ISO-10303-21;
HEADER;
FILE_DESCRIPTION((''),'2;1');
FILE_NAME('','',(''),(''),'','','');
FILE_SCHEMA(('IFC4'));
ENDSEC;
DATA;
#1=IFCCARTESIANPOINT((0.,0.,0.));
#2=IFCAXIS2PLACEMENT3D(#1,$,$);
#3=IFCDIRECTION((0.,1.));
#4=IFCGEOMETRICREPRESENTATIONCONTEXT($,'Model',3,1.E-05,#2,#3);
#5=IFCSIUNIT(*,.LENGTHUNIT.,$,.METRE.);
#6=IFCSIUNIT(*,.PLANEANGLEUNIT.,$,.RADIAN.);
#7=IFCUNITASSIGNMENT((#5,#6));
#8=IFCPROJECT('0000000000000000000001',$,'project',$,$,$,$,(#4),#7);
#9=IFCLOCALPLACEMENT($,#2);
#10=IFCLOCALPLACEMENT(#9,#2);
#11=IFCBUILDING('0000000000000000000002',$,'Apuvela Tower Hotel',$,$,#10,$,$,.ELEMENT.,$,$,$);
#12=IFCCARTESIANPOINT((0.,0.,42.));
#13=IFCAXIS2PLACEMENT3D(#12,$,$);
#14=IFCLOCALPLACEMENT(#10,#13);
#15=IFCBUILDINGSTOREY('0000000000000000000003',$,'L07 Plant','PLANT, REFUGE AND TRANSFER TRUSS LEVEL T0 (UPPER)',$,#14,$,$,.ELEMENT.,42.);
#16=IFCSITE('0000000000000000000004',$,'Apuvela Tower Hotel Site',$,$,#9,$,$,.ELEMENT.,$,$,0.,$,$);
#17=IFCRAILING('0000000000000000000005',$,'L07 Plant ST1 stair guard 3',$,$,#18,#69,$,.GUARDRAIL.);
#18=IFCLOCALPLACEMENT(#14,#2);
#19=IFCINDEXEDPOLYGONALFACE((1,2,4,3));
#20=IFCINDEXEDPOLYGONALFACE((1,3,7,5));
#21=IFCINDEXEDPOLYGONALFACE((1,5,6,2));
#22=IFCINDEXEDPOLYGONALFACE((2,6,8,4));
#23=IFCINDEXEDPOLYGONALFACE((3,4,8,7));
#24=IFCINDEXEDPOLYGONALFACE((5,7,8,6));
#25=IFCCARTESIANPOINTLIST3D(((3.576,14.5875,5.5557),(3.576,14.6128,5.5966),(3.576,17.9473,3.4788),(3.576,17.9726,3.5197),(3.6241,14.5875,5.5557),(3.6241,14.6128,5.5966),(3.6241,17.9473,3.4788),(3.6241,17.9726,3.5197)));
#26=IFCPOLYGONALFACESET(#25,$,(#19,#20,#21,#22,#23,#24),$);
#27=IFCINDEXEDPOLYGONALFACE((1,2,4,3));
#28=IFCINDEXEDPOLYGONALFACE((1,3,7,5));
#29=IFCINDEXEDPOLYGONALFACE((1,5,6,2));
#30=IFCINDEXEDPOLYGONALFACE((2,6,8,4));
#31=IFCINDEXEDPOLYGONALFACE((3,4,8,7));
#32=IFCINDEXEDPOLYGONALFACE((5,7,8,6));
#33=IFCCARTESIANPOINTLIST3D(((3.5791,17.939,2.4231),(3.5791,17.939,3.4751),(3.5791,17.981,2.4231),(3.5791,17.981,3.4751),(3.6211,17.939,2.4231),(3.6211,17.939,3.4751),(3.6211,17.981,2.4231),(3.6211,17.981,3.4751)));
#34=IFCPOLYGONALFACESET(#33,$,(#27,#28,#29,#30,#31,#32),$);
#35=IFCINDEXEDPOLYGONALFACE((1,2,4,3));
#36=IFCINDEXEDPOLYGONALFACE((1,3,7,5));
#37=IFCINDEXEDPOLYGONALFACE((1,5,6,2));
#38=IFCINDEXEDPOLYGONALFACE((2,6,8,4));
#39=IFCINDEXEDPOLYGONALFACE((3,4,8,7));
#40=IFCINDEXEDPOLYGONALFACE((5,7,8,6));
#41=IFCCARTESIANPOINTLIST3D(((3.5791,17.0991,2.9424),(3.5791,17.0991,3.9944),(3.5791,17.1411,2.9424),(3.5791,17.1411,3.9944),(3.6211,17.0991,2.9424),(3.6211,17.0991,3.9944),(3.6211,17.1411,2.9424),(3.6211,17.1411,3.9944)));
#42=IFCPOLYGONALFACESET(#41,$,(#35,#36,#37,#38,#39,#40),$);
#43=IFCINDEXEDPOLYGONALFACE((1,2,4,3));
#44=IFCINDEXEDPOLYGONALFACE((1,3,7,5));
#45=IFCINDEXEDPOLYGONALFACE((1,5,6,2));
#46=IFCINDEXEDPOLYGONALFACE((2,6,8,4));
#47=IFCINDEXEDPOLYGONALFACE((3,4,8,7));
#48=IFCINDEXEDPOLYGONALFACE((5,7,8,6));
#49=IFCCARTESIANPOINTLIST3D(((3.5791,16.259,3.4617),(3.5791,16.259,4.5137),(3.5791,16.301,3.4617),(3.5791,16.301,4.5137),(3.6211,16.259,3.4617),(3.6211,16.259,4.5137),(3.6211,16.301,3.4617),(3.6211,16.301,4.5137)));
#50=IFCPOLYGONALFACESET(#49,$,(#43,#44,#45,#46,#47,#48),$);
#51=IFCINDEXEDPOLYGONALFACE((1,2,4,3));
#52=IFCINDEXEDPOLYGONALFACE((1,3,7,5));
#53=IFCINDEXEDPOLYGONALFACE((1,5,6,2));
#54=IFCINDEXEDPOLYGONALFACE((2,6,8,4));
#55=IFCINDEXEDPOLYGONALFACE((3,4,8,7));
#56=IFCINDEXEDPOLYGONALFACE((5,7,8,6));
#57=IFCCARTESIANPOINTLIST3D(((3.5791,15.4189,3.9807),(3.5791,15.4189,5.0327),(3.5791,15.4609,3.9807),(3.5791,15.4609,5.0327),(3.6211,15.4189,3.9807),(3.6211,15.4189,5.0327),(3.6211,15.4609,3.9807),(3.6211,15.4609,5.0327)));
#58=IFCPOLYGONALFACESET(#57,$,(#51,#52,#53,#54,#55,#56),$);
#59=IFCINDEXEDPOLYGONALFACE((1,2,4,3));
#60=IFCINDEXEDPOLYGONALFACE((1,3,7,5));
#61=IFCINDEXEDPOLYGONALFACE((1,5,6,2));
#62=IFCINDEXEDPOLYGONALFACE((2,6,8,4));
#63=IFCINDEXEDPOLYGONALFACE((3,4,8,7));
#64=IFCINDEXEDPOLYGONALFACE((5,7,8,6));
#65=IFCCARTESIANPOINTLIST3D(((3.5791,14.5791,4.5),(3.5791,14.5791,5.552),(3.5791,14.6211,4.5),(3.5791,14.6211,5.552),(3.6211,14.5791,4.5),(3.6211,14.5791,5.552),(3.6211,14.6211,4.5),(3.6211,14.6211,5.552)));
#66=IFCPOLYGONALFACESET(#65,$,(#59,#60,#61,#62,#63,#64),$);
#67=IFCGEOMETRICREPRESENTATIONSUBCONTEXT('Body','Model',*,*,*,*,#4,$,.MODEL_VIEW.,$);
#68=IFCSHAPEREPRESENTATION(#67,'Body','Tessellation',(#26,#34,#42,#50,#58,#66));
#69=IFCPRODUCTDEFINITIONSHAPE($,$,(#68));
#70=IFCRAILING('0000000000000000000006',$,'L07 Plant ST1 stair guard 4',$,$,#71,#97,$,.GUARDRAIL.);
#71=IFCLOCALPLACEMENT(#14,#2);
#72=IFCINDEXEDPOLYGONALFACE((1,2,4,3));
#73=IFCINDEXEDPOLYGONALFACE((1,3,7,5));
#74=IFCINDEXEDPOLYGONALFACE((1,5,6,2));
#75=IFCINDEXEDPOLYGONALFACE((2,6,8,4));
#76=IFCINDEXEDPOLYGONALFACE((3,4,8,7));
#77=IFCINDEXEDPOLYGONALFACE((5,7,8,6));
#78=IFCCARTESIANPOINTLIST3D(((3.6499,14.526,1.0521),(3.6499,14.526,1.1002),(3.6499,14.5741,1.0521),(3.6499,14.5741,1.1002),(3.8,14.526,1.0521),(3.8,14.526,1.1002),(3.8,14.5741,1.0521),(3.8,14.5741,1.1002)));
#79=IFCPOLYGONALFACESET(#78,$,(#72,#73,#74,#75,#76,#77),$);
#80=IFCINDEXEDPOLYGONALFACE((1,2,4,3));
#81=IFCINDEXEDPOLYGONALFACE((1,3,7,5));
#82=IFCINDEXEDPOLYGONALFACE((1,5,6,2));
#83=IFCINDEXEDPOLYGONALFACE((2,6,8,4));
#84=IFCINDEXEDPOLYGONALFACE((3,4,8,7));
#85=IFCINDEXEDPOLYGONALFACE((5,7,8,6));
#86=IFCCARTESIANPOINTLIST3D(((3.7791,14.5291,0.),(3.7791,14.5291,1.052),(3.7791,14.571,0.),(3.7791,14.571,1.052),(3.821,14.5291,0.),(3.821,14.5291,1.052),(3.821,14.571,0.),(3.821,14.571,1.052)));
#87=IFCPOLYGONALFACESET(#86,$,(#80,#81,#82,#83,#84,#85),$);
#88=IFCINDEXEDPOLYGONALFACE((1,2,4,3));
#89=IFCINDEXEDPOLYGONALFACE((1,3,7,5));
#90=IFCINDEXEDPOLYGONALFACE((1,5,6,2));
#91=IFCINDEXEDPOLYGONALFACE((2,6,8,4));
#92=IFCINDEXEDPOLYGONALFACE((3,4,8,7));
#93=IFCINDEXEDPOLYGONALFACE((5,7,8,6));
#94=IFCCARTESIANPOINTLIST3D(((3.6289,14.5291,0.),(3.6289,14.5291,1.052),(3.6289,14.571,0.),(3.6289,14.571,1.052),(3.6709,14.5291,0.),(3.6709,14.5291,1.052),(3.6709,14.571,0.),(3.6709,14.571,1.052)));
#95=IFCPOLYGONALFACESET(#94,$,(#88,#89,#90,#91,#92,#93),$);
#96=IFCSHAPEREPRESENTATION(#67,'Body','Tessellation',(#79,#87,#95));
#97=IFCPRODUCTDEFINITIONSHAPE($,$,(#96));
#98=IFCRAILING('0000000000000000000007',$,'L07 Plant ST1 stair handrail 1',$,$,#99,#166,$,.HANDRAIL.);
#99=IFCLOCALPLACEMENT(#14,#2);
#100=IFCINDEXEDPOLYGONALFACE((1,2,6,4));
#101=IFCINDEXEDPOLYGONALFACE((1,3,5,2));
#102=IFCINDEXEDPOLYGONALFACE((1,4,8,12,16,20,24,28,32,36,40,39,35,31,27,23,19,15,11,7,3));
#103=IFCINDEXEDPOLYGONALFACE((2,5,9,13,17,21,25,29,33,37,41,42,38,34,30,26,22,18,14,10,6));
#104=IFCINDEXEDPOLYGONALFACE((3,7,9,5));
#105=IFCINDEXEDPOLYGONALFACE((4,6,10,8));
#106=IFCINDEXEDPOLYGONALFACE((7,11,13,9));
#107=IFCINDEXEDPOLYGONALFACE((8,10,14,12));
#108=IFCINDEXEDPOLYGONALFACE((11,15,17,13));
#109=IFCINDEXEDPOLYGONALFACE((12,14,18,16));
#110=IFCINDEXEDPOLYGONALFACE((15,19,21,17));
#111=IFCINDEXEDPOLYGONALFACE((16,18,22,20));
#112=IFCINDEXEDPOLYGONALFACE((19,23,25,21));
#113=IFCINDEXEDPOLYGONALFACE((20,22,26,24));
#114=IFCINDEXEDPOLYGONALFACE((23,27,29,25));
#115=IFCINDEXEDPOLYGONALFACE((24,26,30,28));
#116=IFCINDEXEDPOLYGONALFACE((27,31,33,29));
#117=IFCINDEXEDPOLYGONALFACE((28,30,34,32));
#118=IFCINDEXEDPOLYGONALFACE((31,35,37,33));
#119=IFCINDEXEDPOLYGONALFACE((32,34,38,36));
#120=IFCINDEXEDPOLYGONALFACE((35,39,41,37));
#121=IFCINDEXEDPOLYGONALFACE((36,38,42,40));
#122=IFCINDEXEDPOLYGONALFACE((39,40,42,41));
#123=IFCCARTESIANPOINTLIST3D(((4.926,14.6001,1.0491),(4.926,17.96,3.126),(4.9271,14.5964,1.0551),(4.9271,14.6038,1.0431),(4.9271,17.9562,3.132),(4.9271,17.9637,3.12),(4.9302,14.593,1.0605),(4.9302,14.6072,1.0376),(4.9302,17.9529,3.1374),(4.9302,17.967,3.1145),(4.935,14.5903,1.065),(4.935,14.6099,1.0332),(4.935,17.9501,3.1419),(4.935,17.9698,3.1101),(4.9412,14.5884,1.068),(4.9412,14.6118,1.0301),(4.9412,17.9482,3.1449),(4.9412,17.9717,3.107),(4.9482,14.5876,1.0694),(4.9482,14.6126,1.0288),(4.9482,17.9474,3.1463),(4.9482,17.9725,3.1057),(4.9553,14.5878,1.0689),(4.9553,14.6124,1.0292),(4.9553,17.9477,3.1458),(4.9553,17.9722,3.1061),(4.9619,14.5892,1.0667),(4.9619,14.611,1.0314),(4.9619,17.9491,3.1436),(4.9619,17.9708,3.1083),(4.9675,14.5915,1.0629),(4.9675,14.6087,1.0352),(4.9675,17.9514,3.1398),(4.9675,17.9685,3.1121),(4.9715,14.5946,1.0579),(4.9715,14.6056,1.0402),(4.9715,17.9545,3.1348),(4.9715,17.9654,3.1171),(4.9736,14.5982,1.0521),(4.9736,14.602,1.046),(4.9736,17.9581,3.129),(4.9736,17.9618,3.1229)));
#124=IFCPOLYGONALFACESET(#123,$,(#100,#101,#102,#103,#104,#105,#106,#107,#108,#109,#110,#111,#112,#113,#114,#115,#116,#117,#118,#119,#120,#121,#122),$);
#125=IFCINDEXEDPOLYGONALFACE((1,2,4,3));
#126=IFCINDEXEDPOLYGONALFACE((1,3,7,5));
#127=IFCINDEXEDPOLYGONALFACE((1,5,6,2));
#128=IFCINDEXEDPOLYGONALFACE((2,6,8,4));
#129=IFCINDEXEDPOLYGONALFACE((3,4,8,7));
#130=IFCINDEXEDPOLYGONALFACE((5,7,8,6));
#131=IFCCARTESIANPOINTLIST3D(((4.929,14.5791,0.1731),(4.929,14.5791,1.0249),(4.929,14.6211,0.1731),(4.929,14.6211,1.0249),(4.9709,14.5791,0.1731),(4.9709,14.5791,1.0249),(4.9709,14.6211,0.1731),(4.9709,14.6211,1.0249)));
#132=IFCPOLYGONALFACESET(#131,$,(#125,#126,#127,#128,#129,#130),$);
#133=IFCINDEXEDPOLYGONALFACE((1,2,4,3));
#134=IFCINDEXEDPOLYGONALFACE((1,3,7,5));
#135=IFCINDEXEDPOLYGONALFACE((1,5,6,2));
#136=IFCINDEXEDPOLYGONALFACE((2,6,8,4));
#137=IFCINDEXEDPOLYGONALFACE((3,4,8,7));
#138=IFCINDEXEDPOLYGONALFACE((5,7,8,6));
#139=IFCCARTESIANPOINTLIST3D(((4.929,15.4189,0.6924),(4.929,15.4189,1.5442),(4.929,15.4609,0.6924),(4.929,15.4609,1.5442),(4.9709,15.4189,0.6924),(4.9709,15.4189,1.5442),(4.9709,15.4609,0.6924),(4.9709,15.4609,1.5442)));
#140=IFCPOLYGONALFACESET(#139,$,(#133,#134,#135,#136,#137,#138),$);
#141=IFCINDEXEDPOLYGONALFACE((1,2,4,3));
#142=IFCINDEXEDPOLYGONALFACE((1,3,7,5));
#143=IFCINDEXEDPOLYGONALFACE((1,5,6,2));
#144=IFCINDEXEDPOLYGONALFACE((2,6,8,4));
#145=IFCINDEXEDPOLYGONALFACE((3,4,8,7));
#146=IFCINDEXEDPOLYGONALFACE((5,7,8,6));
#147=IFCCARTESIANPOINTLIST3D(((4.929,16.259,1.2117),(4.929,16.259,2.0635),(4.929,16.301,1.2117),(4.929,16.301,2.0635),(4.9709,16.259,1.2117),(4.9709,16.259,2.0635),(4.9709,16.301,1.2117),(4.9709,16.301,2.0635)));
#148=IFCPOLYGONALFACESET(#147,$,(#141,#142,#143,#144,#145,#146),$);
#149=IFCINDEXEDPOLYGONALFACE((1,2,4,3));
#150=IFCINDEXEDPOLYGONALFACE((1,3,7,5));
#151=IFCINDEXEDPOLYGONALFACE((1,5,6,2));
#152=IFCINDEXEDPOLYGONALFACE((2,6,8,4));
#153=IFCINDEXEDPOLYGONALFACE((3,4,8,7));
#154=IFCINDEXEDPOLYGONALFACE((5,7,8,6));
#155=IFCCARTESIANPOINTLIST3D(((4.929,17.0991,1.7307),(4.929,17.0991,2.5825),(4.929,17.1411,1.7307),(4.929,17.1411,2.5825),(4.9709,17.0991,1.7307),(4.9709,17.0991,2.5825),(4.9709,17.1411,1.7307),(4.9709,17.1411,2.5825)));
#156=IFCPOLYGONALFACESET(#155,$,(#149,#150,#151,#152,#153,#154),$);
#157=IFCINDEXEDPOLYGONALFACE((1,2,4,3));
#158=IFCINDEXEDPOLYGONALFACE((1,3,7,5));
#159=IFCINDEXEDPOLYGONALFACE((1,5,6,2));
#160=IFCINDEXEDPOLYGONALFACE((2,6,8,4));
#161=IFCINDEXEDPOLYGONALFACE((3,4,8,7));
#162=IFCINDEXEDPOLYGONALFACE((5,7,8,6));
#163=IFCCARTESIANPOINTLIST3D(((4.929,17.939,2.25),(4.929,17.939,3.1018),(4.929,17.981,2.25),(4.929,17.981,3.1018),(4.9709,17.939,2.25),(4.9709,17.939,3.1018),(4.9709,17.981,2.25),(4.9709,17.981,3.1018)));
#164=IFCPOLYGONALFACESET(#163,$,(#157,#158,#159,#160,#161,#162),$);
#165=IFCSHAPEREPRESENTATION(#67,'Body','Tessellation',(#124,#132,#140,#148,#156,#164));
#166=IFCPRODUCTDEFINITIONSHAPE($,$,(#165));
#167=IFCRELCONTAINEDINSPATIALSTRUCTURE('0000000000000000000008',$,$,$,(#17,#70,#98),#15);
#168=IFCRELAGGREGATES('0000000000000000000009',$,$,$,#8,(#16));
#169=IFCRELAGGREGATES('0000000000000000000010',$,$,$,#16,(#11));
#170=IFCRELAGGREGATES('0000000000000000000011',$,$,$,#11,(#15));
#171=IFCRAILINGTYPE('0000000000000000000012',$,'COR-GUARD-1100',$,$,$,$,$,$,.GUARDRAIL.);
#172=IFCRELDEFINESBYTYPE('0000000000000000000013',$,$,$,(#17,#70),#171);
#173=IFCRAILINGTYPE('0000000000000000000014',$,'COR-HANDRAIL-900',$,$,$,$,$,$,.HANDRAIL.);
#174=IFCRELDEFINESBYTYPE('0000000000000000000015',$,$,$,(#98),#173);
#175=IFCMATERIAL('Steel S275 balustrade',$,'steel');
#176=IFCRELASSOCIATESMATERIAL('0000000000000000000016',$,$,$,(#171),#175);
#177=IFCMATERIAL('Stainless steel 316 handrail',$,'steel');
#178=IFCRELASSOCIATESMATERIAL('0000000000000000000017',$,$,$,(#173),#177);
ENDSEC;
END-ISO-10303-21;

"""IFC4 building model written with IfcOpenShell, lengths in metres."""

from ifc_helpers import new_model, si_unit, direction, frame, origin, origin_2d, place, context, subcontext, project, spatial, rectangle, circle, extrude, material, type_object, element, save


model = new_model("IFC4")

# Units and contexts
model_context = context("Model", 3, precision=1e-05, world=origin(), true_north=direction((0.0, 1.0)))
body_context = subcontext(model_context, "Body", "Model", "MODEL_VIEW")
ifc_project = project(units=[si_unit("LENGTHUNIT", "METRE"), si_unit("PLANEANGLEUNIT", "RADIAN")], contexts=[model_context])

# Site, building, storey
site_placement = place(None, origin())
site = spatial("IfcSite", under=ifc_project, at=site_placement, Name="Apuvela Tower Hotel Site", CompositionType="ELEMENT", RefElevation=0.0)
building_placement = place(site_placement, origin())
building = spatial("IfcBuilding", under=site, at=building_placement, Name="Apuvela Tower Hotel", CompositionType="ELEMENT")
storey_placement = place(building_placement, frame((0.0, 0.0, 42.0)))
storey = spatial("IfcBuildingStorey", under=building, at=storey_placement, Name="L07 Plant", Description="PLANT, REFUGE AND TRANSFER TRUSS LEVEL T0 (UPPER)", CompositionType="ELEMENT", Elevation=42.0)

# Railings
ifc_material_1 = material(Name="Steel S275 balustrade", Category="steel")
railing_type_1 = type_object("IfcRailingType", Name="COR-GUARD-1100", PredefinedType="GUARDRAIL", material=ifc_material_1)
railing_1_placement = place(storey_placement, frame((3.6001, 17.96, 2.4231)))
element("IfcRailing", 1, at=railing_1_placement, inside=storey, type_object=railing_type_1, Name="L07 Plant ST1 stair guard 3", PredefinedType="GUARDRAIL", context=body_context, shape_type="SweptSolid", body=[
    extrude(rectangle(XDim=0.0481, YDim=0.0481, at=origin_2d()), frame((0.0, 0.0, 1.0762), z_axis=(0.0, -0.850606, 0.525803), x_axis=(1.0, 0.0, 0.0)), (0.0, 0.0, 1.0), 3.95),
    extrude(rectangle(XDim=0.042, YDim=0.042, at=origin_2d()), origin(), (0.0, 0.0, 1.0), 1.052),
    extrude(rectangle(XDim=0.042, YDim=0.042, at=origin_2d()), frame((0.0, -0.8398, 0.5193)), (0.0, 0.0, 1.0), 1.052),
    extrude(rectangle(XDim=0.042, YDim=0.042, at=origin_2d()), frame((0.0, -1.6799, 1.0386)), (0.0, 0.0, 1.0), 1.052),
    extrude(rectangle(XDim=0.042, YDim=0.042, at=origin_2d()), frame((0.0, -2.52, 1.5576)), (0.0, 0.0, 1.0), 1.052),
    extrude(rectangle(XDim=0.042, YDim=0.042, at=origin_2d()), frame((0.0, -3.3599, 2.0769)), (0.0, 0.0, 1.0), 1.052),
])
railing_2_placement = place(storey_placement, frame((3.8, 14.55, 0.0)))
element("IfcRailing", 2, at=railing_2_placement, inside=storey, type_object=railing_type_1, Name="L07 Plant ST1 stair guard 4", PredefinedType="GUARDRAIL", context=body_context, shape_type="SweptSolid", body=[
    extrude(rectangle(XDim=0.0481, YDim=0.0481, at=origin_2d()), frame((0.0, 0.0, 1.0762), z_axis=(-1.0, 0.0, 0.0), x_axis=(0.0, -1.0, 0.0)), (0.0, 0.0, 1.0), 0.1501),
    extrude(rectangle(XDim=0.042, YDim=0.042, at=origin_2d()), origin(), (0.0, 0.0, 1.0), 1.052),
    extrude(rectangle(XDim=0.042, YDim=0.042, at=origin_2d()), frame((-0.1501, 0.0, 0.0)), (0.0, 0.0, 1.0), 1.052),
])
ifc_material_2 = material(Name="Stainless steel 316 handrail", Category="steel")
railing_type_2 = type_object("IfcRailingType", Name="COR-HANDRAIL-900", PredefinedType="HANDRAIL", material=ifc_material_2)
railing_3_placement = place(storey_placement, frame((4.95, 14.6001, 0.1731)))
element("IfcRailing", 3, at=railing_3_placement, inside=storey, type_object=railing_type_2, Name="L07 Plant ST1 stair handrail 1", PredefinedType="HANDRAIL", context=body_context, shape_type="SweptSolid", body=[
    extrude(circle(Radius=0.0239, at=origin_2d()), frame((0.0, 0.0, 0.876), z_axis=(0.0, 0.850606, 0.525803), x_axis=(-1.0, 0.0, 0.0)), (0.0, 0.0, 1.0), 3.95),
    extrude(rectangle(XDim=0.042, YDim=0.042, at=origin_2d()), origin(), (0.0, 0.0, 1.0), 0.8518),
    extrude(rectangle(XDim=0.042, YDim=0.042, at=origin_2d()), frame((0.0, 0.8398, 0.5193)), (0.0, 0.0, 1.0), 0.8518),
    extrude(rectangle(XDim=0.042, YDim=0.042, at=origin_2d()), frame((0.0, 1.6799, 1.0386)), (0.0, 0.0, 1.0), 0.8518),
    extrude(rectangle(XDim=0.042, YDim=0.042, at=origin_2d()), frame((0.0, 2.52, 1.5576)), (0.0, 0.0, 1.0), 0.8518),
    extrude(rectangle(XDim=0.042, YDim=0.042, at=origin_2d()), frame((0.0, 3.3599, 2.0769)), (0.0, 0.0, 1.0), 0.8518),
])

save(model, "model.ifc")
